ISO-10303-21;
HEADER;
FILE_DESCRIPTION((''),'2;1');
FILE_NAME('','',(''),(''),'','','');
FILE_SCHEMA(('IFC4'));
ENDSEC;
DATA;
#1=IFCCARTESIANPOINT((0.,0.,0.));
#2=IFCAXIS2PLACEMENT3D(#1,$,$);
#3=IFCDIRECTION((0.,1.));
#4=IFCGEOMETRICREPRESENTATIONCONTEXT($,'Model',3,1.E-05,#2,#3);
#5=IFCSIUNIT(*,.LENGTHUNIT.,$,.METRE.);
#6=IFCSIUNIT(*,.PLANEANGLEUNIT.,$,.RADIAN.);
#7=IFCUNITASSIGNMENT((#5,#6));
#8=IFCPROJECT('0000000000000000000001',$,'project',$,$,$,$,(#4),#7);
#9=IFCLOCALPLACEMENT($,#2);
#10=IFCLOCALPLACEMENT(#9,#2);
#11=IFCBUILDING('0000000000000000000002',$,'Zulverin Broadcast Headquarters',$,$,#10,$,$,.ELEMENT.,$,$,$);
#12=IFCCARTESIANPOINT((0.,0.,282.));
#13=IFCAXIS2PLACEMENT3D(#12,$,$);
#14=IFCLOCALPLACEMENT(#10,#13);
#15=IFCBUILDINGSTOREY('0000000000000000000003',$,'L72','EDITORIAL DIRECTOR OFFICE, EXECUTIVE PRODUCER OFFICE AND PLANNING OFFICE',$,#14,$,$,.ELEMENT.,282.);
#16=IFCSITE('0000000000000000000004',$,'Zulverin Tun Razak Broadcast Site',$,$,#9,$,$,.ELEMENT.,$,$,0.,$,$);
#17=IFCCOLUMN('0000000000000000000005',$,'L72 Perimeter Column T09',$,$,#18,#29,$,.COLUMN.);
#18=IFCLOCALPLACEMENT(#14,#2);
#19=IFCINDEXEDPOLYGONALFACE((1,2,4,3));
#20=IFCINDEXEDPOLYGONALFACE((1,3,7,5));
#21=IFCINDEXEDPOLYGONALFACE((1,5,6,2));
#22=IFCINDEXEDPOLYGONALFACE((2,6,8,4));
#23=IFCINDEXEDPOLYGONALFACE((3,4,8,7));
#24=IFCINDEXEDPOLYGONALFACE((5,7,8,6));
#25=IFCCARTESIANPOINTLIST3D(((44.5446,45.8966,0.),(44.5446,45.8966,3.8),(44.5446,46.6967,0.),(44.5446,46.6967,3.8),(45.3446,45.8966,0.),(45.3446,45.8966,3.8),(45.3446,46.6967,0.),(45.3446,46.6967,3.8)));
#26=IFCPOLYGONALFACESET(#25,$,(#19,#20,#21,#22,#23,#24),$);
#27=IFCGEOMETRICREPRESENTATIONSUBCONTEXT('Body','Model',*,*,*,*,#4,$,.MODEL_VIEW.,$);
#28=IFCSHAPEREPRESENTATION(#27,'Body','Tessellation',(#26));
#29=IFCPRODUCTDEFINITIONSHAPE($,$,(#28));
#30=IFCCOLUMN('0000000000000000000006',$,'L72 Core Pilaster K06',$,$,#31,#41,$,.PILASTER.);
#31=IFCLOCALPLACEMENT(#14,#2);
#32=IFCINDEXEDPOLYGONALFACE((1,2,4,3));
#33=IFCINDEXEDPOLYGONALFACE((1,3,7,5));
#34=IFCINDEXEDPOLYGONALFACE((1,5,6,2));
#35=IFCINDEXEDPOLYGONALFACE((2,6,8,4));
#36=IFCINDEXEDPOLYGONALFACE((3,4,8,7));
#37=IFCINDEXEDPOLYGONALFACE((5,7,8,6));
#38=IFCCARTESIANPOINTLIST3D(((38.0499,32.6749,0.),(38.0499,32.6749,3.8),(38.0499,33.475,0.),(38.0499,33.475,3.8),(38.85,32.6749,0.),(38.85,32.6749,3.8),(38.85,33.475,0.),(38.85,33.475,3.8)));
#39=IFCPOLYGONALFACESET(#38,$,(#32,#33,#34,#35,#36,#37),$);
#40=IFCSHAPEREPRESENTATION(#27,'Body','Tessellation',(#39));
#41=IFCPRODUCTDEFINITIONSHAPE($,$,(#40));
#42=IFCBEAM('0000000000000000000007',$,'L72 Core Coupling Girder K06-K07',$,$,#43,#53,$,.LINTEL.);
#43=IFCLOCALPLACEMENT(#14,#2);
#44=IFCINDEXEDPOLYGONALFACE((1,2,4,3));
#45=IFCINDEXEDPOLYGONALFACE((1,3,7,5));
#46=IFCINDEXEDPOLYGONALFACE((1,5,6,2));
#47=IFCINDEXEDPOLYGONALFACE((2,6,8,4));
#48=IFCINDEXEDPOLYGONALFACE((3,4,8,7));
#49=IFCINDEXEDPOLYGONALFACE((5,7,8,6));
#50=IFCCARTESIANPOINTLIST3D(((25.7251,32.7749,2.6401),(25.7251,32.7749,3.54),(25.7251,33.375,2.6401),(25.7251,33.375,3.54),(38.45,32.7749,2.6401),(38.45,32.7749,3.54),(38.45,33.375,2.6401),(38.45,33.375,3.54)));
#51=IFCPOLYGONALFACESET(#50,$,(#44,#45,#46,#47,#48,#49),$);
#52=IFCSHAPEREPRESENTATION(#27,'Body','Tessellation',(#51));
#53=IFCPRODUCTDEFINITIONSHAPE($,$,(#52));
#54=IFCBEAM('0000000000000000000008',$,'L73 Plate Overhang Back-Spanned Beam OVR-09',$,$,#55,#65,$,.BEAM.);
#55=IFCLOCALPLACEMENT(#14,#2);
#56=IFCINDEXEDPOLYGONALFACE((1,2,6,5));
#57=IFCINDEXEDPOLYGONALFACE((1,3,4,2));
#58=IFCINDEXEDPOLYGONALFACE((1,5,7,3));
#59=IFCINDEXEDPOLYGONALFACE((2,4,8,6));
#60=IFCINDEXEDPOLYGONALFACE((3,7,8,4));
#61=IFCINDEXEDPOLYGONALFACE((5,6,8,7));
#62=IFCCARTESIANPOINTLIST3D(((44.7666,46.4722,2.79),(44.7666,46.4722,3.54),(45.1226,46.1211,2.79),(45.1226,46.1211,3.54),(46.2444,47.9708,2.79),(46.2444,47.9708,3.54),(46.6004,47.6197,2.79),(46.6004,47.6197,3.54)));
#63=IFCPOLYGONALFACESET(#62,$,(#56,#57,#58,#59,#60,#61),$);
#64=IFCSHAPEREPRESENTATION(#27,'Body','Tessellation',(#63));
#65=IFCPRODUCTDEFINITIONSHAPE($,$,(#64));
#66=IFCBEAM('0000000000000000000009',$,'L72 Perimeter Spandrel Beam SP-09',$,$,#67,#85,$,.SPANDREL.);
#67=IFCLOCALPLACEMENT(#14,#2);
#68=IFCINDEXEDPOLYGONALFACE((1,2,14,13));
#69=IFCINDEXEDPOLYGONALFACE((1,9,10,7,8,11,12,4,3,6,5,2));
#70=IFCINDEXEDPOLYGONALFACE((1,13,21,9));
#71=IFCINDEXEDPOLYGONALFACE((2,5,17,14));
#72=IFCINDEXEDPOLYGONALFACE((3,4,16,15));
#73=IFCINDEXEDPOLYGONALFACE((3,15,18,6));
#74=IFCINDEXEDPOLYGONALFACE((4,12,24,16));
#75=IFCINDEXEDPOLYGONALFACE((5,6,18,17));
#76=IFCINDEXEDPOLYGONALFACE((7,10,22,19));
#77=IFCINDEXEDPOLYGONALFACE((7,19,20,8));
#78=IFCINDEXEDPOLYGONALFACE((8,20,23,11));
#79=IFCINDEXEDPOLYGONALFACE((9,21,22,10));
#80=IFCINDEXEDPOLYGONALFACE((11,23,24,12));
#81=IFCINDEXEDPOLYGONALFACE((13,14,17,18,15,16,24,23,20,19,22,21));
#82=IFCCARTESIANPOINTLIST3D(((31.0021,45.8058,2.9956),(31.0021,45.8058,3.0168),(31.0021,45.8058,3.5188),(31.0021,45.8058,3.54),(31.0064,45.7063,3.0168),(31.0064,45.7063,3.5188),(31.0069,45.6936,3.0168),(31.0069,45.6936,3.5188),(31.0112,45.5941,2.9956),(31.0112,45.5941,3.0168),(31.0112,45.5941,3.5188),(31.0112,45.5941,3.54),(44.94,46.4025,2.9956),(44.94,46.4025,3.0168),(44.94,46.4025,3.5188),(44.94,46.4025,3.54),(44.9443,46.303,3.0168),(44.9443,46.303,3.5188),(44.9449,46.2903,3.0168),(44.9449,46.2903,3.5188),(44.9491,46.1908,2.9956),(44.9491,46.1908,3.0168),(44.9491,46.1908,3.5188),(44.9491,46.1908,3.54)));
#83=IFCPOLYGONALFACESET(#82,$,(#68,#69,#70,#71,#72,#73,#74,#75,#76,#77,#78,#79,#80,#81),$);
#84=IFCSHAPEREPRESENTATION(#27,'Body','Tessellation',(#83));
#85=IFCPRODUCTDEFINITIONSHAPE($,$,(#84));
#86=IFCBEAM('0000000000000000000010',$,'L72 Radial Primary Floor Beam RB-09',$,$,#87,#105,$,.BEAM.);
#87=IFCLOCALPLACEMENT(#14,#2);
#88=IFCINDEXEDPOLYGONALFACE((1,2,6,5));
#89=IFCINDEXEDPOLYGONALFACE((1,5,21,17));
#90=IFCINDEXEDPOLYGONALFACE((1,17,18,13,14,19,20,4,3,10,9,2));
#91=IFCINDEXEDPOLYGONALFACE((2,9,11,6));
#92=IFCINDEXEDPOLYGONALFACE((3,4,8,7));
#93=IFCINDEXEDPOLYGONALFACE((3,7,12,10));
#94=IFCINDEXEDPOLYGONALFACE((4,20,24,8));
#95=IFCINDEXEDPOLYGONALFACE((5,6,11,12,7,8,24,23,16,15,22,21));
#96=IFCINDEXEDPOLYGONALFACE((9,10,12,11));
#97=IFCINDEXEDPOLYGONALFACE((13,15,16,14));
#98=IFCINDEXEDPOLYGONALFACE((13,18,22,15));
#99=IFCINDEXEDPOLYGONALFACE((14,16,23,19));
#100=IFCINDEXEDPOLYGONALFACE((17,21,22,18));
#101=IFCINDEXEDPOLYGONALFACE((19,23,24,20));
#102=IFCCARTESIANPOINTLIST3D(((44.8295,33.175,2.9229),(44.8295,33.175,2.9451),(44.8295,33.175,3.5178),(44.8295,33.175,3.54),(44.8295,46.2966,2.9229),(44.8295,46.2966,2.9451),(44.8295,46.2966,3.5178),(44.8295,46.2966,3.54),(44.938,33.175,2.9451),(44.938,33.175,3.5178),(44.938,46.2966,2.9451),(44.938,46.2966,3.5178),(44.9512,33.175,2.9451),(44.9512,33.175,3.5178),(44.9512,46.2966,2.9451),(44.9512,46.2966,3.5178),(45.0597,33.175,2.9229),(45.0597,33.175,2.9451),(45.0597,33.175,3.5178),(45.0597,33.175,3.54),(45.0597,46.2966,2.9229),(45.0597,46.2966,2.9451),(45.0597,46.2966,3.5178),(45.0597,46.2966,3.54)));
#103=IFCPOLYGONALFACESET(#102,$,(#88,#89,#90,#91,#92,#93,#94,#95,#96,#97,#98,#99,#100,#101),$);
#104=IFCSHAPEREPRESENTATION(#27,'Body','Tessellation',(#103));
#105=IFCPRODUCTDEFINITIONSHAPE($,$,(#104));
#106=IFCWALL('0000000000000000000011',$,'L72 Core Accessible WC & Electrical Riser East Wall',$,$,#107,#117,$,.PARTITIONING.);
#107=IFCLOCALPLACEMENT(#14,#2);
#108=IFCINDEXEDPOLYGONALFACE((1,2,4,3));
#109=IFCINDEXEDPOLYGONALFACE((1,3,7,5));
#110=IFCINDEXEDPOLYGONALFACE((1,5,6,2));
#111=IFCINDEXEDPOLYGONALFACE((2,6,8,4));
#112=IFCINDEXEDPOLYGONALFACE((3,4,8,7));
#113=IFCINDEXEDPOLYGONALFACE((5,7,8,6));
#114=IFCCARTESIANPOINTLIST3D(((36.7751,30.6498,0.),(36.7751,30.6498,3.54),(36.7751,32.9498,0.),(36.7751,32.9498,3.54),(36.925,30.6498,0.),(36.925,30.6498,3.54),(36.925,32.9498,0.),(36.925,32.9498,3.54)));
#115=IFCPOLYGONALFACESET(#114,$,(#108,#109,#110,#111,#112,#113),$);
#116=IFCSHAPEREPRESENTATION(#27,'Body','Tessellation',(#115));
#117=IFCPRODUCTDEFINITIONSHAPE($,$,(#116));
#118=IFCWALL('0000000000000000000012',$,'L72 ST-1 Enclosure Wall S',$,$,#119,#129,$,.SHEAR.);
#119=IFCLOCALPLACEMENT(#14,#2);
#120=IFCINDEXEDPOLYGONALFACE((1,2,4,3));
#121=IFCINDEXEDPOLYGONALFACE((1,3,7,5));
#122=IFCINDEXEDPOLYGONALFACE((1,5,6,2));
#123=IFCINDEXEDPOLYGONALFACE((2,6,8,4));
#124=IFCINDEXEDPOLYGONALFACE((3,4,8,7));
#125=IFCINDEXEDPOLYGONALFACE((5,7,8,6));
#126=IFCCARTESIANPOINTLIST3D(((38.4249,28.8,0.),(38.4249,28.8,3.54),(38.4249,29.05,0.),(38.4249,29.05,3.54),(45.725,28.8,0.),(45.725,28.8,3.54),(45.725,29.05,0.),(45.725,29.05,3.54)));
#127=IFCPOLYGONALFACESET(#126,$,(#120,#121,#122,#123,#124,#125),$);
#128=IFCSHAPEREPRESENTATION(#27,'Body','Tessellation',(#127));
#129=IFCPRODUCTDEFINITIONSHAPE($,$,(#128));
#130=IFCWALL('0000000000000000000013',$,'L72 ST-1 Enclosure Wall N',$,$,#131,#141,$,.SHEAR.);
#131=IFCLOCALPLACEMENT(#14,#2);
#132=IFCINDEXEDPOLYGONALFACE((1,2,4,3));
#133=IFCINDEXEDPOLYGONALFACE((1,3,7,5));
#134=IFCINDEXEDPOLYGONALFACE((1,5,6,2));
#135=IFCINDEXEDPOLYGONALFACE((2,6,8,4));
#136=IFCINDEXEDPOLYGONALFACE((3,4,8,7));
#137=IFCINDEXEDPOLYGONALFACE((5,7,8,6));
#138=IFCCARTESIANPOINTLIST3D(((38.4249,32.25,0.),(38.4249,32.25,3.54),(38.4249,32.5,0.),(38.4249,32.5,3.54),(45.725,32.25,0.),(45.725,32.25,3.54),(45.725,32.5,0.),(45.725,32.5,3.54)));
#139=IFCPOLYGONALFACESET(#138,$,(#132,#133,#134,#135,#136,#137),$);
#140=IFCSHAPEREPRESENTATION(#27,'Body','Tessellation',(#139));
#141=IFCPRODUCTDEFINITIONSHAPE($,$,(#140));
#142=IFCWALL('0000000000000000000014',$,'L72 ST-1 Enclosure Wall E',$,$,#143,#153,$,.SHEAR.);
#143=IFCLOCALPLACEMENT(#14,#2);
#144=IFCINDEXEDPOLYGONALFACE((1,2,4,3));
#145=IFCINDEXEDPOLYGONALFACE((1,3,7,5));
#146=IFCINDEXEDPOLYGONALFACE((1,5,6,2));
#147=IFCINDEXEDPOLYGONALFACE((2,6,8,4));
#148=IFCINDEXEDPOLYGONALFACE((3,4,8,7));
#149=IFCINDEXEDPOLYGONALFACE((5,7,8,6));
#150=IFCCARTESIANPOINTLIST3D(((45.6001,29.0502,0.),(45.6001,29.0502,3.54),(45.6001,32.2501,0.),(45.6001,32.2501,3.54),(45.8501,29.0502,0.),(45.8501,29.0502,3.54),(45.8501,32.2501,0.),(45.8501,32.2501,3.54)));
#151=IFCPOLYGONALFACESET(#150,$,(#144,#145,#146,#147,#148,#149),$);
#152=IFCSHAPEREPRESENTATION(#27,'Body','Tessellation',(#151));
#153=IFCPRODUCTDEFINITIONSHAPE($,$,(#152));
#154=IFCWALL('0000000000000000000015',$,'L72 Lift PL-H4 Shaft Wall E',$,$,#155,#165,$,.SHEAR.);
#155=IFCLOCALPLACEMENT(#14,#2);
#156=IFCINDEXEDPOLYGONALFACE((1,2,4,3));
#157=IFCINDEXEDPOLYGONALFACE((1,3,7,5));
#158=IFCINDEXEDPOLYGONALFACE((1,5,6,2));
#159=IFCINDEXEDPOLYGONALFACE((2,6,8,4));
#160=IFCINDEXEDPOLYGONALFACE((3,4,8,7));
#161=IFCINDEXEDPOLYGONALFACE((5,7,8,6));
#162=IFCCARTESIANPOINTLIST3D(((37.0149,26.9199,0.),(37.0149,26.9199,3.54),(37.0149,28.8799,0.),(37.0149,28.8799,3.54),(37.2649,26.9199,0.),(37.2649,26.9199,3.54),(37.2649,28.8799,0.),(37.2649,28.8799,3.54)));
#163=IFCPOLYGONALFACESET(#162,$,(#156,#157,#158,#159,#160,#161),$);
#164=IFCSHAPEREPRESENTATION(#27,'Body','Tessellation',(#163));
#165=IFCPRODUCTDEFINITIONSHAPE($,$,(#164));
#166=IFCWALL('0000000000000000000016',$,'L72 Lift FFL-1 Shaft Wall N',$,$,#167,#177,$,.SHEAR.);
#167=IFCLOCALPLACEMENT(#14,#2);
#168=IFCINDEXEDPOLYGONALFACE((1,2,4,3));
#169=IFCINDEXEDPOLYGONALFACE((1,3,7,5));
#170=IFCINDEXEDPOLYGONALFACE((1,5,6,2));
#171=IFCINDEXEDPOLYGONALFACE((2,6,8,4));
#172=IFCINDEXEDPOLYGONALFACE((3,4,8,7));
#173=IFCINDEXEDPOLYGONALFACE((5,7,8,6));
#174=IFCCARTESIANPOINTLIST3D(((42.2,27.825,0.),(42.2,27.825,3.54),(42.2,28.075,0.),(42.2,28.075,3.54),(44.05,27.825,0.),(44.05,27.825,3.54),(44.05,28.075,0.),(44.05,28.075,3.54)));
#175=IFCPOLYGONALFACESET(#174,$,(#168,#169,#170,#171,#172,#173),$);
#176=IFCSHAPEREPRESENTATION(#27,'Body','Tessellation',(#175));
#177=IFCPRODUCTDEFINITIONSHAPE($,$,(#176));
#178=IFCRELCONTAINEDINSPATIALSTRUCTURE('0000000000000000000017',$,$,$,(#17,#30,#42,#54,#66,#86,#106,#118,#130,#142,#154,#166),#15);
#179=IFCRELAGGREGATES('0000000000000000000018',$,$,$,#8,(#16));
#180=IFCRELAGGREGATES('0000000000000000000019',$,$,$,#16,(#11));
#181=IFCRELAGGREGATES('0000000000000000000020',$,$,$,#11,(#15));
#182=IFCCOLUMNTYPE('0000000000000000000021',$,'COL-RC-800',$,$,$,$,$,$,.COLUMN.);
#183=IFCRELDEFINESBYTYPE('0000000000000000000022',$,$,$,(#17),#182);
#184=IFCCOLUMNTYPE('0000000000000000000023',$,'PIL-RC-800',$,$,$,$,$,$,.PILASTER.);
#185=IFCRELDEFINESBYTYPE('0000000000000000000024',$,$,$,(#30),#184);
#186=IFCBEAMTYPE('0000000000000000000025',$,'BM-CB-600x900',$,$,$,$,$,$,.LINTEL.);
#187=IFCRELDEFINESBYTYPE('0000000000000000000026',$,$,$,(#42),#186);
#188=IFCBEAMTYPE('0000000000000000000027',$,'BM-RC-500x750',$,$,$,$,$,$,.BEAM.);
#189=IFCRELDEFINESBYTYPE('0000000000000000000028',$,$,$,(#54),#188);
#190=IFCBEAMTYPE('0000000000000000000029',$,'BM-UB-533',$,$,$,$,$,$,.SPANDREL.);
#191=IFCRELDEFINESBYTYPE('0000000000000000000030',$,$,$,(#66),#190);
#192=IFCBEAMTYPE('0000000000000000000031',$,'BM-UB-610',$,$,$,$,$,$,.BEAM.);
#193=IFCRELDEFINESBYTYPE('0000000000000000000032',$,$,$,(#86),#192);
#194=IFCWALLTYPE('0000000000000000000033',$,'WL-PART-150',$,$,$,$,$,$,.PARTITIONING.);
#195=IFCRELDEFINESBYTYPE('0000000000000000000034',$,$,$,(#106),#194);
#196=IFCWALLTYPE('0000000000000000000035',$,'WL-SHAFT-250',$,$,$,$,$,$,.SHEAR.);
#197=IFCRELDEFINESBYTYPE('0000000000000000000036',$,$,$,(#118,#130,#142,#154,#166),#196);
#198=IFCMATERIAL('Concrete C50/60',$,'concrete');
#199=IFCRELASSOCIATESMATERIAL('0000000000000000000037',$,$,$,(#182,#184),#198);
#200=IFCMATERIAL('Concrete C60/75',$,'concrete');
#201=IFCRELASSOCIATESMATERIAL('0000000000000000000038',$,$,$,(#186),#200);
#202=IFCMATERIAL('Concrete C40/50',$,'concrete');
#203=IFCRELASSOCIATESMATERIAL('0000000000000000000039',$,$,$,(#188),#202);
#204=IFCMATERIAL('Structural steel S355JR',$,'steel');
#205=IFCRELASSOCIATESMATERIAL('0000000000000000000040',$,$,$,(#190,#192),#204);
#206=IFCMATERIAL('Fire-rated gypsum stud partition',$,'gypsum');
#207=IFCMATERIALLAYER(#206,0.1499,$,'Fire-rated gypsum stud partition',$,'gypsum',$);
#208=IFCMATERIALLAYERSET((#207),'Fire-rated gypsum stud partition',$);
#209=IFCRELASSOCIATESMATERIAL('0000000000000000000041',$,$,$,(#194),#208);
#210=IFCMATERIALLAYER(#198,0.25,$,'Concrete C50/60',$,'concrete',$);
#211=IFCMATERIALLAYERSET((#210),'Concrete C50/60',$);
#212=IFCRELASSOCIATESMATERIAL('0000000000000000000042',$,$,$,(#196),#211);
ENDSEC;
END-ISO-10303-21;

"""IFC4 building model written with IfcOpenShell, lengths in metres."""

from ifc_helpers import new_model, si_unit, direction, frame, frame_2d, origin, origin_2d, place, context, subcontext, project, spatial, rectangle, i_section, extrude, material, layer, layer_set, material_profile, profile_set, type_object, element, save


model = new_model("IFC4")

# Units and contexts
model_context = context("Model", 3, precision=1e-05, world=origin(), true_north=direction((0.0, 1.0)))
body_context = subcontext(model_context, "Body", "Model", "MODEL_VIEW")
ifc_project = project(units=[si_unit("LENGTHUNIT", "METRE"), si_unit("PLANEANGLEUNIT", "RADIAN")], contexts=[model_context])

# Site, building, storey
site_placement = place(None, origin())
site = spatial("IfcSite", under=ifc_project, at=site_placement, Name="Zulverin Tun Razak Broadcast Site", CompositionType="ELEMENT", RefElevation=0.0)
building_placement = place(site_placement, origin())
building = spatial("IfcBuilding", under=site, at=building_placement, Name="Zulverin Broadcast Headquarters", CompositionType="ELEMENT")
storey_placement = place(building_placement, frame((0.0, 0.0, 282.0)))
storey = spatial("IfcBuildingStorey", under=building, at=storey_placement, Name="L72", Description="EDITORIAL DIRECTOR OFFICE, EXECUTIVE PRODUCER OFFICE AND PLANNING OFFICE", CompositionType="ELEMENT", Elevation=282.0)

# Columns
ifc_material_1 = material(Name="Concrete C50/60", Category="concrete")
ifc_material_profile_1 = material_profile(ifc_material_1, rectangle(XDim=0.8, YDim=0.8, at=origin_2d()), Name="Concrete C50/60", Category="concrete")
ifc_profile_set_1 = profile_set([ifc_material_profile_1], Name="Concrete C50/60")
column_type_1 = type_object("IfcColumnType", Name="COL-RC-800", PredefinedType="COLUMN", material=ifc_profile_set_1)
column_1_placement = place(storey_placement, frame((44.9446, 46.2966, 0.0), z_axis=(0.0, 0.0, 1.0), x_axis=(1.0, 0.0, 0.0)))
element("IfcColumn", 1, at=column_1_placement, inside=storey, type_object=column_type_1, Name="L72 Perimeter Column T09", PredefinedType="COLUMN", context=body_context, shape_type="SweptSolid", body=[
    extrude(rectangle(XDim=0.8, YDim=0.8, at=origin_2d()), origin(), (0.0, 0.0, 1.0), 3.8),
])
ifc_material_profile_2 = material_profile(ifc_material_1, rectangle(XDim=0.8, YDim=0.8, at=origin_2d()), Name="Concrete C50/60", Category="concrete")
ifc_profile_set_2 = profile_set([ifc_material_profile_2], Name="Concrete C50/60")
column_type_2 = type_object("IfcColumnType", Name="PIL-RC-800", PredefinedType="PILASTER", material=ifc_profile_set_2)
column_2_placement = place(storey_placement, frame((38.45, 33.075, 0.0), z_axis=(0.0, 0.0, 1.0), x_axis=(1.0, 0.0, 0.0)))
element("IfcColumn", 2, at=column_2_placement, inside=storey, type_object=column_type_2, Name="L72 Core Pilaster K06", PredefinedType="PILASTER", context=body_context, shape_type="SweptSolid", body=[
    extrude(rectangle(XDim=0.8, YDim=0.8, at=origin_2d()), origin(), (0.0, 0.0, 1.0), 3.8),
])

# Beams
ifc_material_2 = material(Name="Concrete C60/75", Category="concrete")
ifc_material_profile_3 = material_profile(ifc_material_2, rectangle(XDim=0.6001, YDim=0.8999, at=origin_2d()), Name="Concrete C60/75", Category="concrete")
ifc_profile_set_3 = profile_set([ifc_material_profile_3], Name="Concrete C60/75")
beam_type_1 = type_object("IfcBeamType", Name="BM-CB-600x900", PredefinedType="LINTEL", material=ifc_profile_set_3)
beam_1_placement = place(storey_placement, frame((38.45, 33.075, 3.0901), z_axis=(-1.0, 0.0, 0.0), x_axis=(0.0, -1.0, 0.0)))
element("IfcBeam", 3, at=beam_1_placement, inside=storey, type_object=beam_type_1, Name="L72 Core Coupling Girder K06-K07", PredefinedType="LINTEL", context=body_context, shape_type="SweptSolid", body=[
    extrude(rectangle(XDim=0.6001, YDim=0.8999, at=origin_2d()), origin(), (0.0, 0.0, 1.0), 12.7249),
])
ifc_material_3 = material(Name="Concrete C40/50", Category="concrete")
ifc_material_profile_4 = material_profile(ifc_material_3, rectangle(XDim=0.5, YDim=0.75, at=origin_2d()), Name="Concrete C40/50", Category="concrete")
ifc_profile_set_4 = profile_set([ifc_material_profile_4], Name="Concrete C40/50")
beam_type_2 = type_object("IfcBeamType", Name="BM-RC-500x750", PredefinedType="BEAM", material=ifc_profile_set_4)
beam_2_placement = place(storey_placement, frame((44.9446, 46.2966, 3.165), z_axis=(0.70216, 0.71202, 0.0), x_axis=(-0.71202, 0.70216, 0.0)))
element("IfcBeam", 4, at=beam_2_placement, inside=storey, type_object=beam_type_2, Name="L73 Plate Overhang Back-Spanned Beam OVR-09", PredefinedType="BEAM", context=body_context, shape_type="SweptSolid", body=[
    extrude(rectangle(XDim=0.5, YDim=0.75, at=origin_2d()), origin(), (0.0, 0.0, 1.0), 2.1047),
])
ifc_material_4 = material(Name="Structural steel S355JR", Category="steel")
ifc_material_profile_5 = material_profile(ifc_material_4, i_section(OverallWidth=0.2119, OverallDepth=0.5444, WebThickness=0.0127, FlangeThickness=0.0212, at=origin_2d()), Name="Structural steel S355JR", Category="steel")
ifc_profile_set_5 = profile_set([ifc_material_profile_5], Name="Structural steel S355JR")
beam_type_3 = type_object("IfcBeamType", Name="BM-UB-533", PredefinedType="SPANDREL", material=ifc_profile_set_5)
beam_3_placement = place(storey_placement, frame((44.9446, 46.2966, 3.2678), z_axis=(-0.999085, -0.04277, 0.0), x_axis=(0.04277, -0.999085, 0.0)))
element("IfcBeam", 5, at=beam_3_placement, inside=storey, type_object=beam_type_3, Name="L72 Perimeter Spandrel Beam SP-09", PredefinedType="SPANDREL", context=body_context, shape_type="SweptSolid", body=[
    extrude(i_section(OverallWidth=0.2119, OverallDepth=0.5444, WebThickness=0.0127, FlangeThickness=0.0212, at=origin_2d()), origin(), (0.0, 0.0, 1.0), 13.9507),
])
ifc_material_profile_6 = material_profile(ifc_material_4, i_section(OverallWidth=0.2302, OverallDepth=0.6172, WebThickness=0.0132, FlangeThickness=0.0222, at=origin_2d()), Name="Structural steel S355JR", Category="steel")
ifc_profile_set_6 = profile_set([ifc_material_profile_6], Name="Structural steel S355JR")
beam_type_4 = type_object("IfcBeamType", Name="BM-UB-610", PredefinedType="BEAM", material=ifc_profile_set_6)
beam_4_placement = place(storey_placement, frame((44.9446, 33.175, 3.2314), z_axis=(0.0, 1.0, 0.0), x_axis=(-1.0, 0.0, 0.0)))
element("IfcBeam", 6, at=beam_4_placement, inside=storey, type_object=beam_type_4, Name="L72 Radial Primary Floor Beam RB-09", PredefinedType="BEAM", context=body_context, shape_type="SweptSolid", body=[
    extrude(i_section(OverallWidth=0.2302, OverallDepth=0.6172, WebThickness=0.0132, FlangeThickness=0.0222, at=origin_2d()), origin(), (0.0, 0.0, 1.0), 13.1216),
])

# Walls
ifc_material_5 = material(Name="Fire-rated gypsum stud partition", Category="gypsum")
ifc_layer_1 = layer(ifc_material_5, 0.1499, Name="Fire-rated gypsum stud partition", Category="gypsum")
ifc_layer_set_1 = layer_set([ifc_layer_1], Name="Fire-rated gypsum stud partition")
wall_type_1 = type_object("IfcWallType", Name="WL-PART-150", PredefinedType="PARTITIONING", material=ifc_layer_set_1)
wall_1_placement = place(storey_placement, frame((36.8501, 30.6499, 0.0), z_axis=(0.0, 0.0, 1.0), x_axis=(0.0, 1.0, 0.0)))
element("IfcWall", 7, at=wall_1_placement, inside=storey, type_object=wall_type_1, Name="L72 Core Accessible WC & Electrical Riser East Wall", PredefinedType="PARTITIONING", context=body_context, shape_type="SweptSolid", body=[
    extrude(rectangle(XDim=2.3, YDim=0.1499, at=frame_2d((1.1499, 0.0))), origin(), (0.0, 0.0, 1.0), 3.54),
])
ifc_layer_2 = layer(ifc_material_1, 0.25, Name="Concrete C50/60", Category="concrete")
ifc_layer_set_2 = layer_set([ifc_layer_2], Name="Concrete C50/60")
wall_type_2 = type_object("IfcWallType", Name="WL-SHAFT-250", PredefinedType="SHEAR", material=ifc_layer_set_2)
for number, where, z_axis, x_axis, name in (
    (8, (38.425, 28.925, 0.0), (0.0, 0.0, 1.0), (1.0, 0.0, 0.0), "L72 ST-1 Enclosure Wall S"),
    (9, (38.425, 32.375, 0.0), (0.0, 0.0, 1.0), (1.0, 0.0, 0.0), "L72 ST-1 Enclosure Wall N"),
):
    element("IfcWall", number, at=place(storey_placement, frame(where, z_axis=z_axis, x_axis=x_axis)), inside=storey, type_object=wall_type_2, Name=name, PredefinedType="SHEAR", context=body_context, shape_type="SweptSolid", body=[
        extrude(rectangle(XDim=7.3, YDim=0.25, at=frame_2d((3.6499, 0.0))), origin(), (0.0, 0.0, 1.0), 3.54),
    ])

# Walls
wall_2_placement = place(storey_placement, frame((45.7251, 29.05, 0.0), z_axis=(0.0, 0.0, 1.0), x_axis=(0.0, 1.0, 0.0)))
element("IfcWall", 10, at=wall_2_placement, inside=storey, type_object=wall_type_2, Name="L72 ST-1 Enclosure Wall E", PredefinedType="SHEAR", context=body_context, shape_type="SweptSolid", body=[
    extrude(rectangle(XDim=3.2, YDim=0.25, at=frame_2d((1.6001, 0.0))), origin(), (0.0, 0.0, 1.0), 3.54),
])
wall_3_placement = place(storey_placement, frame((37.1399, 26.9199, 0.0), z_axis=(0.0, 0.0, 1.0), x_axis=(0.0, 1.0, 0.0)))
element("IfcWall", 11, at=wall_3_placement, inside=storey, type_object=wall_type_2, Name="L72 Lift PL-H4 Shaft Wall E", PredefinedType="SHEAR", context=body_context, shape_type="SweptSolid", body=[
    extrude(rectangle(XDim=1.96, YDim=0.25, at=frame_2d((0.98, 0.0))), origin(), (0.0, 0.0, 1.0), 3.54),
])
wall_4_placement = place(storey_placement, frame((42.2, 27.95, 0.0), z_axis=(0.0, 0.0, 1.0), x_axis=(1.0, 0.0, 0.0)))
element("IfcWall", 12, at=wall_4_placement, inside=storey, type_object=wall_type_2, Name="L72 Lift FFL-1 Shaft Wall N", PredefinedType="SHEAR", context=body_context, shape_type="SweptSolid", body=[
    extrude(rectangle(XDim=1.8501, YDim=0.25, at=frame_2d((0.925, 0.0))), origin(), (0.0, 0.0, 1.0), 3.54),
])

save(model, "model.ifc")
